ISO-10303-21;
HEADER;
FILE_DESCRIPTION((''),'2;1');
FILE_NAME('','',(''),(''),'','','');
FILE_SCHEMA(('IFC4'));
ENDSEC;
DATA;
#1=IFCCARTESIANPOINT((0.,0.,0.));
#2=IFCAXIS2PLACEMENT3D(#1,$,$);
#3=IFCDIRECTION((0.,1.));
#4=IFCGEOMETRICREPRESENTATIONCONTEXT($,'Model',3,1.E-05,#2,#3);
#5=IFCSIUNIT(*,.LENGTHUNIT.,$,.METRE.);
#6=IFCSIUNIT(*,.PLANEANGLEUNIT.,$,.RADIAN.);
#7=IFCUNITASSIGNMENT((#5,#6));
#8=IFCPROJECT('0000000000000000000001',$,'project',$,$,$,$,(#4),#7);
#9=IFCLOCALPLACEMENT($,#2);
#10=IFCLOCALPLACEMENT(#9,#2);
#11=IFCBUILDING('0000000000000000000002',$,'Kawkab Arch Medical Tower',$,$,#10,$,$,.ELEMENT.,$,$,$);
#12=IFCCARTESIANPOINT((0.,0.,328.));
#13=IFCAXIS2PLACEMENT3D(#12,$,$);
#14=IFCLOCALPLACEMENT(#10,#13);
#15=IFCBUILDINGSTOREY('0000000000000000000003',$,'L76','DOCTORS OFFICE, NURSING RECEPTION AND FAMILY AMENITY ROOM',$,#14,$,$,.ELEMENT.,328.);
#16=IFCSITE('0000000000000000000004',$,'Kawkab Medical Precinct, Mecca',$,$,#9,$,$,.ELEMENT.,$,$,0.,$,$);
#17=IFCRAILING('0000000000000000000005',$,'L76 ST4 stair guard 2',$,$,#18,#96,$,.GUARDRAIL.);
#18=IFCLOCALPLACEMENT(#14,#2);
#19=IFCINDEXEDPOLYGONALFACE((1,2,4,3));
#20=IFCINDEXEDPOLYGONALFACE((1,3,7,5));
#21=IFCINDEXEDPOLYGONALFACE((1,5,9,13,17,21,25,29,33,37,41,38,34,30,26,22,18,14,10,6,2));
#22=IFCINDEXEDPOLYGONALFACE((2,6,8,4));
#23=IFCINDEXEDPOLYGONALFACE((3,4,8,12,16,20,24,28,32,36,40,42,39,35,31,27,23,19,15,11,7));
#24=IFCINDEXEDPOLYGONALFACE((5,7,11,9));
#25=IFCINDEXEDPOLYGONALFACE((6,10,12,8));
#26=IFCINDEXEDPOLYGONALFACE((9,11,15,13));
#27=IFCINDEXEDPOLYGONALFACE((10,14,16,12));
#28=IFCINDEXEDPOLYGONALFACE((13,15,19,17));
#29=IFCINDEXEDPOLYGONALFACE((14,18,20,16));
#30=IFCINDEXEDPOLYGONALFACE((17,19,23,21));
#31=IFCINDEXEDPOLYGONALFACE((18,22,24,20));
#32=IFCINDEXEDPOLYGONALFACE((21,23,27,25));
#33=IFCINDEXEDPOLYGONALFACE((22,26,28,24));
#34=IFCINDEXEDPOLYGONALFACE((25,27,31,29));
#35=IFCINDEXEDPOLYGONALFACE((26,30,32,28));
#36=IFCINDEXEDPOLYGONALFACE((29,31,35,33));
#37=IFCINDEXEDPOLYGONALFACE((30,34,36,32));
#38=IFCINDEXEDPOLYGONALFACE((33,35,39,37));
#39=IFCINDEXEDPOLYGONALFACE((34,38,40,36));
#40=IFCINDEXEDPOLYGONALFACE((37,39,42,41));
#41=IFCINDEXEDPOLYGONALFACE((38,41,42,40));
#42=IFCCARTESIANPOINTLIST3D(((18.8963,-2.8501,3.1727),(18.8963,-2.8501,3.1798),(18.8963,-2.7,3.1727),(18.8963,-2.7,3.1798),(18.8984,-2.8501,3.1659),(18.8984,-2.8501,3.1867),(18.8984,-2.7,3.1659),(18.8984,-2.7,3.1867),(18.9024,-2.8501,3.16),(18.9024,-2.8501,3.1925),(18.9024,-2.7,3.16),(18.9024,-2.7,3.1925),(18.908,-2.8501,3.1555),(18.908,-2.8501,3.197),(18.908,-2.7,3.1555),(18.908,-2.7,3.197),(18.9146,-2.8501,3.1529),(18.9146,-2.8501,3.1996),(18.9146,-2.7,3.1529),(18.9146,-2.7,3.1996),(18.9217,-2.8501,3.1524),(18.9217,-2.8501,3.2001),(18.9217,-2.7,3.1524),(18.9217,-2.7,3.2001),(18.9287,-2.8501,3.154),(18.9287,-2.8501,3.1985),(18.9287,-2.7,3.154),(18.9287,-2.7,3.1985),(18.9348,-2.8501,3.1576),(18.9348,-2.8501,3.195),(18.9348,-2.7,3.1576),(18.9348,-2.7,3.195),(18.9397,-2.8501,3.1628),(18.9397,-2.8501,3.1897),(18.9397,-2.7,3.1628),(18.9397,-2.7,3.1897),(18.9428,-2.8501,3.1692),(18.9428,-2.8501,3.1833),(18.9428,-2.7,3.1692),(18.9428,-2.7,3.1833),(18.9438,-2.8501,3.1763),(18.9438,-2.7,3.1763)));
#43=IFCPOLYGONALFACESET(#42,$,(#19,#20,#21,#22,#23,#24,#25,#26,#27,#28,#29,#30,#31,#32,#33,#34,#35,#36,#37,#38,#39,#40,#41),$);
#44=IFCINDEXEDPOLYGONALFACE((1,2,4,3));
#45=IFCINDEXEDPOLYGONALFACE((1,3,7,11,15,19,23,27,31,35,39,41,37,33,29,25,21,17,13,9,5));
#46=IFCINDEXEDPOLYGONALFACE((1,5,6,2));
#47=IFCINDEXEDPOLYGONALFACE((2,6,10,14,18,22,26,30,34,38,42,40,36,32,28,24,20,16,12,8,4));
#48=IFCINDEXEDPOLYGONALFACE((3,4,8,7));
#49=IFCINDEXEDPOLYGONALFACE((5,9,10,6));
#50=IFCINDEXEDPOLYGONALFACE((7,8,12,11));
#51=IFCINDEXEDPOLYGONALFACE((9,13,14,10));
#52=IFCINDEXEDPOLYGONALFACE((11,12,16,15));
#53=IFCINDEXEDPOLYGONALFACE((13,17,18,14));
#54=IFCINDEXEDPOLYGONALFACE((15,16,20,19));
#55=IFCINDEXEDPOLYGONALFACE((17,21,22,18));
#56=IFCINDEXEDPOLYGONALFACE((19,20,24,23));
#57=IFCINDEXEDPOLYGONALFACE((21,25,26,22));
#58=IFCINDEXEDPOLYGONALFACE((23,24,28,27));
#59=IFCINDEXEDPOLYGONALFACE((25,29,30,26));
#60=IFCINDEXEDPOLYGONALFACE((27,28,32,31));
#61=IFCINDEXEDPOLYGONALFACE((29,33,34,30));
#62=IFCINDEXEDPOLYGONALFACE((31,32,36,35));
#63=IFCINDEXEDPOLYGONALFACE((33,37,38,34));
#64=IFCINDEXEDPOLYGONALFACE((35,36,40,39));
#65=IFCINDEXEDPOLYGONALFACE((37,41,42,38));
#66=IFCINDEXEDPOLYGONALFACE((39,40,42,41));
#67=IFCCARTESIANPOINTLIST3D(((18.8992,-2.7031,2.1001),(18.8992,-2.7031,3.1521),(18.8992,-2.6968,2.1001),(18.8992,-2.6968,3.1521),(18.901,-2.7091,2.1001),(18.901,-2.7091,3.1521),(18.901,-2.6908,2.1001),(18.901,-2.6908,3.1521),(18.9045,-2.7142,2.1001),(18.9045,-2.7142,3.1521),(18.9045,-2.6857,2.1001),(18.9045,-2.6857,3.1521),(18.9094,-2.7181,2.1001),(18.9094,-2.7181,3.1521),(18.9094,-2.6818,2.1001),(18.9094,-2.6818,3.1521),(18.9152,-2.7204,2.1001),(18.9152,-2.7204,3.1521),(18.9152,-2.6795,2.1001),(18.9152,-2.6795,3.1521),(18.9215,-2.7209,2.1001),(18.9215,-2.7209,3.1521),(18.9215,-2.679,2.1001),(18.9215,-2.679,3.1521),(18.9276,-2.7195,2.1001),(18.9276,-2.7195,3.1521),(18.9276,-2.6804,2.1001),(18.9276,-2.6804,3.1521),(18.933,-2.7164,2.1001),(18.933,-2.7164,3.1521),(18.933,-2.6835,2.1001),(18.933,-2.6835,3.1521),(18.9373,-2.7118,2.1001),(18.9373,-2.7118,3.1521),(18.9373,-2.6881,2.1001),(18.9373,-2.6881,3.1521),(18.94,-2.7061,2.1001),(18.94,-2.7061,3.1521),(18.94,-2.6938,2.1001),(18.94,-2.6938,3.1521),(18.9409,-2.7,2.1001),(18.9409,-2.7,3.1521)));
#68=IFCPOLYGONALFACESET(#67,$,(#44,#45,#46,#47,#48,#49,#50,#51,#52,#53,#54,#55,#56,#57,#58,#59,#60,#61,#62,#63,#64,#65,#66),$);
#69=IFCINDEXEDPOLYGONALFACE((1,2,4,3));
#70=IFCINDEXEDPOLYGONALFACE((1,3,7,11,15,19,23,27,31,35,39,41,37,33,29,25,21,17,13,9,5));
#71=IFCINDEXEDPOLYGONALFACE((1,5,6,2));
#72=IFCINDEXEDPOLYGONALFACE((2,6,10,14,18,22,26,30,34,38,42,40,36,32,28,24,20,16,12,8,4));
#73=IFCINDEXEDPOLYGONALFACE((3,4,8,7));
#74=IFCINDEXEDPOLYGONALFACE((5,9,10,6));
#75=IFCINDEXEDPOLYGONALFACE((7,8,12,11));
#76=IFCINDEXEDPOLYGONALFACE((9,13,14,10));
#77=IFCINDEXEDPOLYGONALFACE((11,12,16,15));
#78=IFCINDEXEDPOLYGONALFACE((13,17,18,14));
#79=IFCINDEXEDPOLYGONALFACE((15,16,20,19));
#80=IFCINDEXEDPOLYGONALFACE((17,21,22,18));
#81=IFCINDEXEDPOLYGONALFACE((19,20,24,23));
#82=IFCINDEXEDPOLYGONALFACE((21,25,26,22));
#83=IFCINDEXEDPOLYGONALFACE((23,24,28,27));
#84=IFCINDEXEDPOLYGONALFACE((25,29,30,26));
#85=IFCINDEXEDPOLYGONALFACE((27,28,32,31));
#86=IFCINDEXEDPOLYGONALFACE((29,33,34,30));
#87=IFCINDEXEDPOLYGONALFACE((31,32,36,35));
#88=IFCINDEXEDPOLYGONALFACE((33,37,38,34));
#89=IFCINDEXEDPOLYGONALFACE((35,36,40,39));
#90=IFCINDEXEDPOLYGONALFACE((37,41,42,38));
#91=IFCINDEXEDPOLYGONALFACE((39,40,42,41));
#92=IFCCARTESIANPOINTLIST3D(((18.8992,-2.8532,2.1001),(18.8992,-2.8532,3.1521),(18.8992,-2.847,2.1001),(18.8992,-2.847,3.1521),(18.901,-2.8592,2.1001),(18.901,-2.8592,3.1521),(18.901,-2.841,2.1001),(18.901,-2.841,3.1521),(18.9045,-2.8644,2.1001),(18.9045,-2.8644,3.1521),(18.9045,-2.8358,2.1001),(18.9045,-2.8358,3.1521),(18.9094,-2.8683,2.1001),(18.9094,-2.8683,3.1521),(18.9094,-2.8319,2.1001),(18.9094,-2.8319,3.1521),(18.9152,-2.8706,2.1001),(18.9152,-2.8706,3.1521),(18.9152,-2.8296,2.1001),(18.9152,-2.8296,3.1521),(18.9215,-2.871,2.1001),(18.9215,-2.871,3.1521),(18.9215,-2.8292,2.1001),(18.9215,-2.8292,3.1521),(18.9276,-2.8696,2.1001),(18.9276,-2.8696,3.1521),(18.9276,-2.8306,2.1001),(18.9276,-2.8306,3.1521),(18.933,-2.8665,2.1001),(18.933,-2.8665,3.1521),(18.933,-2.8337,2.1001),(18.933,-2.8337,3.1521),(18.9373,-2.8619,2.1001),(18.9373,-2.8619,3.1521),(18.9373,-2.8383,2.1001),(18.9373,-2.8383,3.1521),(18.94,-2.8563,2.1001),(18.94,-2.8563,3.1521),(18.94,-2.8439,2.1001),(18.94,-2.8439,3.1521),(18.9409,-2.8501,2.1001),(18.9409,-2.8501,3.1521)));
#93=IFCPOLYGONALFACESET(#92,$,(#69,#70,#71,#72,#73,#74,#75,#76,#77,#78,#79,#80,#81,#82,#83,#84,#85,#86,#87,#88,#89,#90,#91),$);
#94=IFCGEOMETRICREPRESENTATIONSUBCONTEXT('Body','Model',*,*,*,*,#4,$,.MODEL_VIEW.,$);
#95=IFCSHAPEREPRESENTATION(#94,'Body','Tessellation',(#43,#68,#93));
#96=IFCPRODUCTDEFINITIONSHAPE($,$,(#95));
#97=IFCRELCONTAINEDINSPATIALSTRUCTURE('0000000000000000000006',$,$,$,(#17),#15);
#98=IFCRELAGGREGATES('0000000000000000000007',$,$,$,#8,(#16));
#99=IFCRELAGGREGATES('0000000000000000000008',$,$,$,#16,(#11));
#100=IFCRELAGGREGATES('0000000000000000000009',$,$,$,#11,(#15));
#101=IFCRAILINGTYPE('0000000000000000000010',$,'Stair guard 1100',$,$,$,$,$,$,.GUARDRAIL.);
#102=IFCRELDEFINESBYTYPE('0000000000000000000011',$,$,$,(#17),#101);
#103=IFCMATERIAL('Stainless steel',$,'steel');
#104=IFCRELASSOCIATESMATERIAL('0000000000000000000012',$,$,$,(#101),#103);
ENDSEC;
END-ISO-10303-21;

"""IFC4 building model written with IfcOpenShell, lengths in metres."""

from ifc_helpers import new_model, si_unit, direction, frame, origin, origin_2d, place, context, subcontext, project, spatial, circle, extrude, material, type_object, element, save


model = new_model("IFC4")

# Units and contexts
model_context = context("Model", 3, precision=1e-05, world=origin(), true_north=direction((0.0, 1.0)))
body_context = subcontext(model_context, "Body", "Model", "MODEL_VIEW")
ifc_project = project(units=[si_unit("LENGTHUNIT", "METRE"), si_unit("PLANEANGLEUNIT", "RADIAN")], contexts=[model_context])

# Site, building, storey
site_placement = place(None, origin())
site = spatial("IfcSite", under=ifc_project, at=site_placement, Name="Kawkab Medical Precinct, Mecca", CompositionType="ELEMENT", RefElevation=0.0)
building_placement = place(site_placement, origin())
building = spatial("IfcBuilding", under=site, at=building_placement, Name="Kawkab Arch Medical Tower", CompositionType="ELEMENT")
storey_placement = place(building_placement, frame((0.0, 0.0, 328.0)))
storey = spatial("IfcBuildingStorey", under=building, at=storey_placement, Name="L76", Description="DOCTORS OFFICE, NURSING RECEPTION AND FAMILY AMENITY ROOM", CompositionType="ELEMENT", Elevation=328.0)

# Railing
ifc_material_1 = material(Name="Stainless steel", Category="steel")
railing_type_1 = type_object("IfcRailingType", Name="Stair guard 1100", PredefinedType="GUARDRAIL", material=ifc_material_1)
railing_1_placement = place(storey_placement, frame((18.9199, -2.7, 2.1001)))
element("IfcRailing", 1, at=railing_1_placement, inside=storey, type_object=railing_type_1, Name="L76 ST4 stair guard 2", PredefinedType="GUARDRAIL", context=body_context, shape_type="SweptSolid", body=[
    extrude(circle(Radius=0.0239, at=origin_2d()), frame((0.0, 0.0, 1.0762), z_axis=(0.0, -1.0, 0.0), x_axis=(1.0, 0.0, 0.0)), (0.0, 0.0, 1.0), 0.1501),
    extrude(circle(Radius=0.021, at=origin_2d()), origin(), (0.0, 0.0, 1.0), 1.052),
    extrude(circle(Radius=0.021, at=origin_2d()), frame((0.0, -0.1501, 0.0)), (0.0, 0.0, 1.0), 1.052),
])

save(model, "model.ifc")
